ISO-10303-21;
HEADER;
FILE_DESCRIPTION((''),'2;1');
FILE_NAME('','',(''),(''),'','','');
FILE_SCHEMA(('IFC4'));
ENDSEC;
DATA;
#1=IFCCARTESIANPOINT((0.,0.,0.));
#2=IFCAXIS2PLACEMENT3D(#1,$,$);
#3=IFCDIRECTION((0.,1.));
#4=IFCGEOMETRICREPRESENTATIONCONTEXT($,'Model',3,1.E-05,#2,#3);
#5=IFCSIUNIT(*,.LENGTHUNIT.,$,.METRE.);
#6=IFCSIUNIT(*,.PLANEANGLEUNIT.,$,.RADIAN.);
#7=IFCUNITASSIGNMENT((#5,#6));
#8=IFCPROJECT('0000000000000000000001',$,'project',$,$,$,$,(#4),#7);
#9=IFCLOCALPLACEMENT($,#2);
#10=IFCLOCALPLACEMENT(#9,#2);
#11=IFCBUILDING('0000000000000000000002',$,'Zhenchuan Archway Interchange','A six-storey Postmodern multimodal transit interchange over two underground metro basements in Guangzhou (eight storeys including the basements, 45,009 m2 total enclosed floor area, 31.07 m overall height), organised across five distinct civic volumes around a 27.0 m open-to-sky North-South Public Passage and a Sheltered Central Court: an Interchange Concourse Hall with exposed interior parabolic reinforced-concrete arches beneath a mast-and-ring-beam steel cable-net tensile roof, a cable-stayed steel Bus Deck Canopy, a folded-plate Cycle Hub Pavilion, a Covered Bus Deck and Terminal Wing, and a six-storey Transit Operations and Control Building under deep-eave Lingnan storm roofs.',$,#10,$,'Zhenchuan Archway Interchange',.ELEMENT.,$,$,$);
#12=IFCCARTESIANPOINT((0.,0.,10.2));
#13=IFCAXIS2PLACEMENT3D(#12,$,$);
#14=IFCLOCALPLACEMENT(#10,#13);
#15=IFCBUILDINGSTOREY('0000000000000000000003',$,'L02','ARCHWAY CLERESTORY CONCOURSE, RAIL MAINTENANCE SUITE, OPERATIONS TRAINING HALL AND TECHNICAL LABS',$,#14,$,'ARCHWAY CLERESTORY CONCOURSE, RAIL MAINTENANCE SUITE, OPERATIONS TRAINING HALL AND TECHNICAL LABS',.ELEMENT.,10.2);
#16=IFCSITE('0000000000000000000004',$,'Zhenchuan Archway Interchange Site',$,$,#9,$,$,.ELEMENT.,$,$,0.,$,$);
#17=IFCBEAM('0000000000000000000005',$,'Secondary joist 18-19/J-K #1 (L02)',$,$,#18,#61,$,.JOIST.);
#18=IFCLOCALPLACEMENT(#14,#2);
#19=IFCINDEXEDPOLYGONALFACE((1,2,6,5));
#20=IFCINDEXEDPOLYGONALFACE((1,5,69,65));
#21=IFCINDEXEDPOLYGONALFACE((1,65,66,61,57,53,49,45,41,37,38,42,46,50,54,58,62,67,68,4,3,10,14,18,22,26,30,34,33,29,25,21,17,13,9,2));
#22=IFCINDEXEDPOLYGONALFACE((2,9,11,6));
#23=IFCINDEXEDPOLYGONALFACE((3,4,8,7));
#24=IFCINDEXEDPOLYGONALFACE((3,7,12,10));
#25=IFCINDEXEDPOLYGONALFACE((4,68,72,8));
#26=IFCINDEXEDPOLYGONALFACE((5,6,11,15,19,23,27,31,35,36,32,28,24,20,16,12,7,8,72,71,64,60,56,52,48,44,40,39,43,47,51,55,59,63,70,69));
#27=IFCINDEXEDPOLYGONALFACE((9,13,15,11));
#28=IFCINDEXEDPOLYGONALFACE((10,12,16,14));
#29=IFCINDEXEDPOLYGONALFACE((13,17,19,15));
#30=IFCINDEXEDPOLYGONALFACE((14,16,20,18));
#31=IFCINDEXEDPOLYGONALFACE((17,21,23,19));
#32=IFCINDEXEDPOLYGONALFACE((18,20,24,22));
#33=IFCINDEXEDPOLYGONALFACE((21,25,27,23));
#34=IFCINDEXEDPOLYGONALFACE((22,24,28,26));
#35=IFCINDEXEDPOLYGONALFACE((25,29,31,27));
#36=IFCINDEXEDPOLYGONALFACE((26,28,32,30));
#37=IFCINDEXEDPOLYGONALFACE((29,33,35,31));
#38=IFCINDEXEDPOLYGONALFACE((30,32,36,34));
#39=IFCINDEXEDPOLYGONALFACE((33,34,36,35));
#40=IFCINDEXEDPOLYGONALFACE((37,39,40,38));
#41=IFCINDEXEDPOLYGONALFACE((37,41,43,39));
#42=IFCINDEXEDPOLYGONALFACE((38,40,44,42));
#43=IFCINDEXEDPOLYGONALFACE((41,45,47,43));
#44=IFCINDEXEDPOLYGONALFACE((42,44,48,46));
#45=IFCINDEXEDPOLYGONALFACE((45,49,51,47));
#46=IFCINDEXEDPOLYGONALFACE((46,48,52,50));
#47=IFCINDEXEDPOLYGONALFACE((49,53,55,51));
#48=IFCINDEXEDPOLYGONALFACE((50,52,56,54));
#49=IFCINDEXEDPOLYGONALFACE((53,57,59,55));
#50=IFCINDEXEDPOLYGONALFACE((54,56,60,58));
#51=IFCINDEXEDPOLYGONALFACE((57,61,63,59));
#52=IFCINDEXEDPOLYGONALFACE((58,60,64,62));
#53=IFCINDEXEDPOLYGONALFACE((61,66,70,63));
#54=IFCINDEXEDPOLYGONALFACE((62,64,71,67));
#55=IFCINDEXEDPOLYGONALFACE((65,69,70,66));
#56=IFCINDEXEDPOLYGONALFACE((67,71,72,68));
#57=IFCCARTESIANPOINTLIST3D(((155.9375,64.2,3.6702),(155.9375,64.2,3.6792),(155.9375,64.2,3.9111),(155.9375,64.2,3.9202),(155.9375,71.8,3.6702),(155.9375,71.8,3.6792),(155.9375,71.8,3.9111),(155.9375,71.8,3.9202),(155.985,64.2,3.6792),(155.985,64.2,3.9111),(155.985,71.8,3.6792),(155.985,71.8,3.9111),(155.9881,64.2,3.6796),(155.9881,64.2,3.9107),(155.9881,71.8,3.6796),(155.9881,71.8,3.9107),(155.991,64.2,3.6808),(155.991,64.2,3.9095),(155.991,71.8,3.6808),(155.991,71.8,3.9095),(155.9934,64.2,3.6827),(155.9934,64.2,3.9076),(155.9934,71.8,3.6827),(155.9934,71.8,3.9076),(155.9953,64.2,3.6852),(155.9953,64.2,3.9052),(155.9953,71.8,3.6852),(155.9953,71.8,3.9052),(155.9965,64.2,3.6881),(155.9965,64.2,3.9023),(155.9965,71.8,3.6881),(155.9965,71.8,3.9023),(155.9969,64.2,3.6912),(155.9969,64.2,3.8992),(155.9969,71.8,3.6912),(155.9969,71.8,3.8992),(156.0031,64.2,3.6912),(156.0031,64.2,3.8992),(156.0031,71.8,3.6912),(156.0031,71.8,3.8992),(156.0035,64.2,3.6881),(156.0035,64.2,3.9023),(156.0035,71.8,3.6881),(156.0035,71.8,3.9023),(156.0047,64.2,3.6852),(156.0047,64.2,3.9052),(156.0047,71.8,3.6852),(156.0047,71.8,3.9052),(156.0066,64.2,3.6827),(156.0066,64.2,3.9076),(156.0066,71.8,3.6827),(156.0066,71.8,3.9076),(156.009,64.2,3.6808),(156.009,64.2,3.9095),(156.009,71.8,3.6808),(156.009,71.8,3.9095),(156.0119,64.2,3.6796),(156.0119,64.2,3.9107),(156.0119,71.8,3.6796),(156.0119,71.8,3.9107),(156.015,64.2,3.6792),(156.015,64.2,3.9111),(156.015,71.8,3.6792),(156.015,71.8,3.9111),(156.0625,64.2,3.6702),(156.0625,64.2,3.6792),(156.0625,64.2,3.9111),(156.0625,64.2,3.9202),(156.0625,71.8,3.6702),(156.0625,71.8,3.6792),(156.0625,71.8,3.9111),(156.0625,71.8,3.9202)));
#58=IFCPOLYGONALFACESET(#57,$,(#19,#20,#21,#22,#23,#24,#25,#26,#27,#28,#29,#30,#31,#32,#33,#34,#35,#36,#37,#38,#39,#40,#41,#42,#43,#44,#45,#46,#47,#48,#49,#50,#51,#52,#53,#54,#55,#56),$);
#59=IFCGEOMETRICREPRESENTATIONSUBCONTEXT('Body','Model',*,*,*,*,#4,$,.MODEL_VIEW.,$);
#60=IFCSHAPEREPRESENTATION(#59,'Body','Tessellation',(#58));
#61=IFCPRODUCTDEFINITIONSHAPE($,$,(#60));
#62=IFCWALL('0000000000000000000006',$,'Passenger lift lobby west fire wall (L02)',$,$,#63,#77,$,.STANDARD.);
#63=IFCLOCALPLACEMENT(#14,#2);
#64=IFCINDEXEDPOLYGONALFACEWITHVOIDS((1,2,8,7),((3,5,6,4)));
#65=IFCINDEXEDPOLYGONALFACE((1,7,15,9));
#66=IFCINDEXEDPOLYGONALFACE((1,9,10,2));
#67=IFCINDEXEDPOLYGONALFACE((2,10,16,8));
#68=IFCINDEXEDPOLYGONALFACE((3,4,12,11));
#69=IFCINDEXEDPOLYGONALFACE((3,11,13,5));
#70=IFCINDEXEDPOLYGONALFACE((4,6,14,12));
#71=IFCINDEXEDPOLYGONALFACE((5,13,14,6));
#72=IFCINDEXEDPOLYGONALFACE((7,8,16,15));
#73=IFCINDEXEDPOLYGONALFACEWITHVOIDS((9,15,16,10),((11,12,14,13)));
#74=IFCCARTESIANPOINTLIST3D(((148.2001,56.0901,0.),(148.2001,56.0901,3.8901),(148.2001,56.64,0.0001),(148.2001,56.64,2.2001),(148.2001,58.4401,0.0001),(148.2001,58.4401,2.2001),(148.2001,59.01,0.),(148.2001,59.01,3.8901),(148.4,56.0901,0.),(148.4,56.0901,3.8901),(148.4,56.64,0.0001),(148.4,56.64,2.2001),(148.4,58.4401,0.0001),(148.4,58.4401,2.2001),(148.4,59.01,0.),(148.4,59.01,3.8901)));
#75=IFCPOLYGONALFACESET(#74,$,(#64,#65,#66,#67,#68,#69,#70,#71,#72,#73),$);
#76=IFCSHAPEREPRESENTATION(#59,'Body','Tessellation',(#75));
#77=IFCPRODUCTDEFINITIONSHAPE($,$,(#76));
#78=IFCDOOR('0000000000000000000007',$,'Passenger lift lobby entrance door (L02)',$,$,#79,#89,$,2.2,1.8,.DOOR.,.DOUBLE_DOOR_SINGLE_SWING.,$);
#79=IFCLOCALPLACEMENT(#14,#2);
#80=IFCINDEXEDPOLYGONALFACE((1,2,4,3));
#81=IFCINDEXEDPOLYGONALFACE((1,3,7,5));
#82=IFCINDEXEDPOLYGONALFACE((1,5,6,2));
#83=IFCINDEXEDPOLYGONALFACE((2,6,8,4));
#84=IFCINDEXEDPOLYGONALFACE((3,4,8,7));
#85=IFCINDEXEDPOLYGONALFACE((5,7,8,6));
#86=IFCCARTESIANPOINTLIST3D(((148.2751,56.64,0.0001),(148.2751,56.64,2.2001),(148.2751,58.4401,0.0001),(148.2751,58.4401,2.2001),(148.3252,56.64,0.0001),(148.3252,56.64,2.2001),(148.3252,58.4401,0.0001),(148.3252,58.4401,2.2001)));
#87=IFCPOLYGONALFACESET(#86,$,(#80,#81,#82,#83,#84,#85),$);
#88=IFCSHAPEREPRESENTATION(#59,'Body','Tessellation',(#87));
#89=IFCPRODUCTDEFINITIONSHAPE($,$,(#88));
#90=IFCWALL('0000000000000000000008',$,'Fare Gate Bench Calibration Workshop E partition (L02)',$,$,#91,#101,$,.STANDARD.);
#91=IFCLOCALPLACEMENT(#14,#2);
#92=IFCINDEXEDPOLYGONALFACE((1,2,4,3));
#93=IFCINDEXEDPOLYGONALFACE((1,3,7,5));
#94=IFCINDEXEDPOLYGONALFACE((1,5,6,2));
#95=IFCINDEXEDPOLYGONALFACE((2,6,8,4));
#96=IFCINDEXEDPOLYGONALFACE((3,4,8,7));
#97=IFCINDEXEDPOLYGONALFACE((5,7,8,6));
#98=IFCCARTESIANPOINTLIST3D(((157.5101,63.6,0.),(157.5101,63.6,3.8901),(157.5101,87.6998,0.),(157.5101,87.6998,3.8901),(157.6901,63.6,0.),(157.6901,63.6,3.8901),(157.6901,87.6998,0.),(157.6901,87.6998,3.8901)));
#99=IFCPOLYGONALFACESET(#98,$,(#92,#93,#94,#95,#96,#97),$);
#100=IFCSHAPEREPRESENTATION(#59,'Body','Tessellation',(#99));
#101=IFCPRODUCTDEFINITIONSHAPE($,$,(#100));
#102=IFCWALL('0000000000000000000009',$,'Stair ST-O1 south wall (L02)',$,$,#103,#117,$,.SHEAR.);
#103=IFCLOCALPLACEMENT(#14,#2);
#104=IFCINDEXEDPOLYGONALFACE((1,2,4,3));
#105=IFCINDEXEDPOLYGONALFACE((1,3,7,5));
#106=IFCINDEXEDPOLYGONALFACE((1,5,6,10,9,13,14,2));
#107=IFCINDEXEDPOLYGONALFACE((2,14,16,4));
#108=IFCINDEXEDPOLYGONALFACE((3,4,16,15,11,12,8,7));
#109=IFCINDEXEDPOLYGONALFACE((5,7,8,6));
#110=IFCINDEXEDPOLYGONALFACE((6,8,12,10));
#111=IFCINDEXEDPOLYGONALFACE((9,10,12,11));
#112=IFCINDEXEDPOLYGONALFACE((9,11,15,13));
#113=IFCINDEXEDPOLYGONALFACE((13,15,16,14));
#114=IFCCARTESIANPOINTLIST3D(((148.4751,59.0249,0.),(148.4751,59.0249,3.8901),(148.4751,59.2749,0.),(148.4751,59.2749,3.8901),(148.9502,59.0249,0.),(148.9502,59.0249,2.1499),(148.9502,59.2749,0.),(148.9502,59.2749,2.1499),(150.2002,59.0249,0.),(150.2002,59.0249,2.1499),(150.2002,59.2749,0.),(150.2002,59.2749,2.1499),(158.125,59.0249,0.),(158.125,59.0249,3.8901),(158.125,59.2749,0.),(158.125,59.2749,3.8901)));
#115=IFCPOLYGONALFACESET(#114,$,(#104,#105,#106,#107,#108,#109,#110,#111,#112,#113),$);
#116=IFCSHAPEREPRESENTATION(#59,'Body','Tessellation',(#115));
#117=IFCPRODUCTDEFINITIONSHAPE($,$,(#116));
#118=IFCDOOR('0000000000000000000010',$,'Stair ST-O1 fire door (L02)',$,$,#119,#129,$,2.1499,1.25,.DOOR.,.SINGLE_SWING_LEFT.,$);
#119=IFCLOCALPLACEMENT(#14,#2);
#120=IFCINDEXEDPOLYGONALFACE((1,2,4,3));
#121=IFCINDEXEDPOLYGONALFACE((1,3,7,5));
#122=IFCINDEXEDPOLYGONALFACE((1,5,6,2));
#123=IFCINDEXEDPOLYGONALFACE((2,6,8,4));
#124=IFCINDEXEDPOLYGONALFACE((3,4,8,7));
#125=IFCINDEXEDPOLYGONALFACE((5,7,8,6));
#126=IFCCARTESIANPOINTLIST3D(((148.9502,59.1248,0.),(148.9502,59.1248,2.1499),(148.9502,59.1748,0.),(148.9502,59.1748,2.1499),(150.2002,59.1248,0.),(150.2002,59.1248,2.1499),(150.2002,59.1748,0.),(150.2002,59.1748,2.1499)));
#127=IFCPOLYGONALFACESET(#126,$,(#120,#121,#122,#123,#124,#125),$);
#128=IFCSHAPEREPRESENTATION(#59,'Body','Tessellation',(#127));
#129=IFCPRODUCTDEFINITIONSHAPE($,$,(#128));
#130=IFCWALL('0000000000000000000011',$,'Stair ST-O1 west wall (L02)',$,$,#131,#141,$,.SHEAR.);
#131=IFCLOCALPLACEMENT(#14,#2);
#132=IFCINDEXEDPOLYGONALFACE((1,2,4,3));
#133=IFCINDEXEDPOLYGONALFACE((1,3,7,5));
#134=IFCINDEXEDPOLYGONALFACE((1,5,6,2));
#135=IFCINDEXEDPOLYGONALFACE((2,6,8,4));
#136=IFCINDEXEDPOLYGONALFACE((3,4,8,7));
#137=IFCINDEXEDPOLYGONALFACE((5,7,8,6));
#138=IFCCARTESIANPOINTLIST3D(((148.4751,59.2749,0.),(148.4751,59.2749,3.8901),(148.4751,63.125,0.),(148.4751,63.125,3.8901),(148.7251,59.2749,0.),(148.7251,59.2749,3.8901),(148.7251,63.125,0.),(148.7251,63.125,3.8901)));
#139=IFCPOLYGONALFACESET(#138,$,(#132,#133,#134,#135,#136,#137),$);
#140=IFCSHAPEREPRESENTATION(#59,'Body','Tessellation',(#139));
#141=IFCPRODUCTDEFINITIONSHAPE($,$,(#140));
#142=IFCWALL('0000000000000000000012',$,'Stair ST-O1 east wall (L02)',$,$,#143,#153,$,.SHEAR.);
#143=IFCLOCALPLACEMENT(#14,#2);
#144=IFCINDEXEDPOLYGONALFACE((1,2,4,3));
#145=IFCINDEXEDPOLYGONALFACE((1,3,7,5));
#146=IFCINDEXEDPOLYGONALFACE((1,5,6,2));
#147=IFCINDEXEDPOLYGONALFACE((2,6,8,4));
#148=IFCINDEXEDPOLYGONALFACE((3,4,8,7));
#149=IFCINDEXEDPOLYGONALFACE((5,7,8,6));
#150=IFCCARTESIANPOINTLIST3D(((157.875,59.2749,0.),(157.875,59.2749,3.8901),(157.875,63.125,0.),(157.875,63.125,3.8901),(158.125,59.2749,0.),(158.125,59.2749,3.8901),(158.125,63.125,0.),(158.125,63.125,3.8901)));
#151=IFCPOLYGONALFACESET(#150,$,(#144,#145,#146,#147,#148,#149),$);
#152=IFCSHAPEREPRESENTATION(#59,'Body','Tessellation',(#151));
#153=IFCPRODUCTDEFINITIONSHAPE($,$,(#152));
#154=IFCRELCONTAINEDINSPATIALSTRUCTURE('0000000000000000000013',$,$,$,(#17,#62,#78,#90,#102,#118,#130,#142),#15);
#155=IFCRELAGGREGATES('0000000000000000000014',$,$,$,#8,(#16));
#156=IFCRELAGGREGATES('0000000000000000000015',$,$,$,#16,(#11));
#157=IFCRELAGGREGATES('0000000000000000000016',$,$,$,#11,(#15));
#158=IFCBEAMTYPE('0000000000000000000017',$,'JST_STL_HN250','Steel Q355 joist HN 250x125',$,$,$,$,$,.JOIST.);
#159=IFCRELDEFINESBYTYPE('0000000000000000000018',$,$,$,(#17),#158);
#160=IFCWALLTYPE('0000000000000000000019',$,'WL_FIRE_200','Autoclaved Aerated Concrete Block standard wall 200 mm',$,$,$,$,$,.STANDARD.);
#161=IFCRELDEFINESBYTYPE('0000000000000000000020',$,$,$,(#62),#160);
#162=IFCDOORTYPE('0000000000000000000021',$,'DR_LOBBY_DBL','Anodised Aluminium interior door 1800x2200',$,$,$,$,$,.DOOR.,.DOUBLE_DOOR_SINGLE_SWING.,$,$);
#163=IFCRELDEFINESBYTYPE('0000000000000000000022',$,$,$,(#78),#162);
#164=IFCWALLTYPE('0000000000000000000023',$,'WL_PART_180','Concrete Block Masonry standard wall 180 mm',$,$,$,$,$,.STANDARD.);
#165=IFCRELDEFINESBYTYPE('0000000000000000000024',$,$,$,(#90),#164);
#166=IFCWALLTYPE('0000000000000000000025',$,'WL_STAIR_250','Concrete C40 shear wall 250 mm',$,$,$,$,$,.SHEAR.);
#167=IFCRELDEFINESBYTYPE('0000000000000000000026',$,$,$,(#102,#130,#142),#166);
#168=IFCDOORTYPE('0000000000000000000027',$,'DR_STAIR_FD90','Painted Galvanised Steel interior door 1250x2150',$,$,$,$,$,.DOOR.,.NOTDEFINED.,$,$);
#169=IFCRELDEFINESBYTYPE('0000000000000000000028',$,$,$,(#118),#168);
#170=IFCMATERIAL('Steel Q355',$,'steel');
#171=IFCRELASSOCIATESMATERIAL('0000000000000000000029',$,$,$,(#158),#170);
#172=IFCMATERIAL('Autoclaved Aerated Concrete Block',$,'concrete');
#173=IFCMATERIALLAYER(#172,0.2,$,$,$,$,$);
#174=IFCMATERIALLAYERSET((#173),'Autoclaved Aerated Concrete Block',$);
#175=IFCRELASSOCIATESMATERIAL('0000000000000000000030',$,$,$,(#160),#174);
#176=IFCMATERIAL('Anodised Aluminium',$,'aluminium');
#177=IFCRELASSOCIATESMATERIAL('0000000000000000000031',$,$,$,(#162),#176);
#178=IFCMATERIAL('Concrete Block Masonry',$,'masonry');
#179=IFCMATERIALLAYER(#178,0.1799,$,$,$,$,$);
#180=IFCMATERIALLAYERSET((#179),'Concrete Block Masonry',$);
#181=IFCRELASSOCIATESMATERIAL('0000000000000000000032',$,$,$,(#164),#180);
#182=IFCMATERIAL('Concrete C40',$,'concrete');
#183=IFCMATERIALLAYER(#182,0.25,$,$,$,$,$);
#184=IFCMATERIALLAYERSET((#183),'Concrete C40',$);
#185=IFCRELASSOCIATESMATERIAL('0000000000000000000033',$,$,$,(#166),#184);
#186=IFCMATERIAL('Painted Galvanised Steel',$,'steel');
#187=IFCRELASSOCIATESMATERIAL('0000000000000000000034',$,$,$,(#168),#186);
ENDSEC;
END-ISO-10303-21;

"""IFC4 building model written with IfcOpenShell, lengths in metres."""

from ifc_helpers import new_model, si_unit, direction, frame, frame_2d, origin, origin_2d, place, context, subcontext, project, spatial, rectangle, i_section, extrude, material, layer, layer_set, material_profile, profile_set, type_object, element, fill, save


model = new_model("IFC4")

# Units and contexts
model_context = context("Model", 3, precision=1e-05, world=origin(), true_north=direction((0.0, 1.0)))
body_context = subcontext(model_context, "Body", "Model", "MODEL_VIEW")
ifc_project = project(units=[si_unit("LENGTHUNIT", "METRE"), si_unit("PLANEANGLEUNIT", "RADIAN")], contexts=[model_context])

# Site, building, storey
site_placement = place(None, origin())
site = spatial("IfcSite", under=ifc_project, at=site_placement, Name="Zhenchuan Archway Interchange Site", CompositionType="ELEMENT", RefElevation=0.0)
building_placement = place(site_placement, origin())
building = spatial("IfcBuilding", under=site, at=building_placement, Name="Zhenchuan Archway Interchange", Description="A six-storey Postmodern multimodal transit interchange over two underground metro basements in Guangzhou (eight storeys including the basements, 45,009 m2 total enclosed floor area, 31.07 m overall height), organised across five distinct civic volumes around a 27.0 m open-to-sky North-South Public Passage and a Sheltered Central Court: an Interchange Concourse Hall with exposed interior parabolic reinforced-concrete arches beneath a mast-and-ring-beam steel cable-net tensile roof, a cable-stayed steel Bus Deck Canopy, a folded-plate Cycle Hub Pavilion, a Covered Bus Deck and Terminal Wing, and a six-storey Transit Operations and Control Building under deep-eave Lingnan storm roofs.", LongName="Zhenchuan Archway Interchange", CompositionType="ELEMENT")
storey_placement = place(building_placement, frame((0.0, 0.0, 10.2)))
storey = spatial("IfcBuildingStorey", under=building, at=storey_placement, Name="L02", Description="ARCHWAY CLERESTORY CONCOURSE, RAIL MAINTENANCE SUITE, OPERATIONS TRAINING HALL AND TECHNICAL LABS", LongName="ARCHWAY CLERESTORY CONCOURSE, RAIL MAINTENANCE SUITE, OPERATIONS TRAINING HALL AND TECHNICAL LABS", CompositionType="ELEMENT", Elevation=10.2)

# Beam
ifc_material_1 = material(Name="Concrete C40", Category="concrete")
ifc_material_2 = material(Name="Steel Q355", Category="steel")
ifc_material_profile_1 = material_profile(ifc_material_2, i_section(OverallWidth=0.125, OverallDepth=0.25, WebThickness=0.0061, FlangeThickness=0.009, FilletRadius=0.012, at=origin_2d()), Name="HN 250x125")
ifc_profile_set_1 = profile_set([ifc_material_profile_1], Name="Steel Q355")
beam_type_1 = type_object("IfcBeamType", Name="JST_STL_HN250", Description="Steel Q355 joist HN 250x125", PredefinedType="JOIST", material=ifc_profile_set_1)
beam_1_placement = place(storey_placement, frame((156.0, 64.2, 3.7952), z_axis=(0.0, 1.0, 0.0), x_axis=(-1.0, 0.0, 0.0)))
element("IfcBeam", 1, at=beam_1_placement, inside=storey, type_object=beam_type_1, Name="Secondary joist 18-19/J-K #1 (L02)", PredefinedType="JOIST", context=body_context, shape_type="SweptSolid", body=[
    extrude(i_section(OverallWidth=0.125, OverallDepth=0.25, WebThickness=0.0061, FlangeThickness=0.009, FilletRadius=0.012, at=origin_2d()), origin(), (0.0, 0.0, 1.0), 7.6001),
])

# Wall, opening, door
ifc_material_3 = material(Name="Autoclaved Aerated Concrete Block", Category="concrete")
ifc_layer_1 = layer(ifc_material_3, 0.2)
ifc_layer_set_1 = layer_set([ifc_layer_1], Name="Autoclaved Aerated Concrete Block")
wall_type_1 = type_object("IfcWallType", Name="WL_FIRE_200", Description="Autoclaved Aerated Concrete Block standard wall 200 mm", PredefinedType="STANDARD", material=ifc_layer_set_1)
wall_1_placement = place(storey_placement, frame((148.3, 56.0901, 0.0), z_axis=(0.0, 0.0, 1.0), x_axis=(0.0, 1.0, 0.0)))
wall_1 = element("IfcWall", 2, at=wall_1_placement, inside=storey, type_object=wall_type_1, Name="Passenger lift lobby west fire wall (L02)", PredefinedType="STANDARD", context=body_context, shape_type="SweptSolid", body=[
    extrude(rectangle(XDim=2.9199, YDim=0.2, at=frame_2d((1.46, 0.0))), origin(), (0.0, 0.0, 1.0), 3.8901),
])
opening_1_placement = place(wall_1_placement, frame((0.55, 0.0, 0.0)))
opening_1 = element("IfcOpeningElement", 3, at=opening_1_placement, cuts=wall_1, PredefinedType="OPENING", context=body_context, shape_type="SweptSolid", body=[
    extrude(rectangle(XDim=1.8, YDim=2.2, at=frame_2d((0.8999, 1.1001))), frame((0.0, 0.1118, 0.0), z_axis=(0.0, -1.0, 0.0), x_axis=(1.0, 0.0, 0.0)), (0.0, 0.0, 1.0), 0.2239),
])
ifc_material_4 = material(Name="Anodised Aluminium", Category="aluminium")
door_type_1 = type_object("IfcDoorType", Name="DR_LOBBY_DBL", Description="Anodised Aluminium interior door 1800x2200", OperationType="DOUBLE_DOOR_SINGLE_SWING", PredefinedType="DOOR", material=ifc_material_4)
door_1_placement = place(opening_1_placement, origin())
door_1 = element("IfcDoor", 4, at=door_1_placement, inside=storey, type_object=door_type_1, Name="Passenger lift lobby entrance door (L02)", OperationType="DOUBLE_DOOR_SINGLE_SWING", OverallHeight=2.2, OverallWidth=1.8, PredefinedType="DOOR", context=body_context, shape_type="SweptSolid", body=[
    extrude(rectangle(XDim=1.8, YDim=2.2, at=frame_2d((0.8999, 1.1001))), frame((0.0, 0.0249, 0.0), z_axis=(0.0, -1.0, 0.0), x_axis=(1.0, 0.0, 0.0)), (0.0, 0.0, 1.0), 0.05),
])
fill(opening_1, door_1)

# Wall
ifc_material_5 = material(Name="Concrete Block Masonry", Category="masonry")
ifc_layer_2 = layer(ifc_material_5, 0.1799)
ifc_layer_set_2 = layer_set([ifc_layer_2], Name="Concrete Block Masonry")
wall_type_2 = type_object("IfcWallType", Name="WL_PART_180", Description="Concrete Block Masonry standard wall 180 mm", PredefinedType="STANDARD", material=ifc_layer_set_2)
wall_2_placement = place(storey_placement, frame((157.6001, 63.6001, 0.0), z_axis=(0.0, 0.0, 1.0), x_axis=(0.0, 1.0, 0.0)))
element("IfcWall", 5, at=wall_2_placement, inside=storey, type_object=wall_type_2, Name="Fare Gate Bench Calibration Workshop E partition (L02)", PredefinedType="STANDARD", context=body_context, shape_type="SweptSolid", body=[
    extrude(rectangle(XDim=24.0999, YDim=0.1799, at=frame_2d((12.0498, 0.0))), origin(), (0.0, 0.0, 1.0), 3.8901),
])

# Wall, opening, door
ifc_layer_3 = layer(ifc_material_1, 0.25)
ifc_layer_set_3 = layer_set([ifc_layer_3], Name="Concrete C40")
wall_type_3 = type_object("IfcWallType", Name="WL_STAIR_250", Description="Concrete C40 shear wall 250 mm", PredefinedType="SHEAR", material=ifc_layer_set_3)
wall_3_placement = place(storey_placement, frame((148.4751, 59.1499, 0.0), z_axis=(0.0, 0.0, 1.0), x_axis=(1.0, 0.0, 0.0)))
wall_3 = element("IfcWall", 6, at=wall_3_placement, inside=storey, type_object=wall_type_3, Name="Stair ST-O1 south wall (L02)", PredefinedType="SHEAR", context=body_context, shape_type="SweptSolid", body=[
    extrude(rectangle(XDim=9.6499, YDim=0.25, at=frame_2d((4.825, 0.0))), origin(), (0.0, 0.0, 1.0), 3.8901),
])
opening_2_placement = place(wall_3_placement, frame((0.4751, 0.0, 0.0)))
opening_2 = element("IfcOpeningElement", 7, at=opening_2_placement, cuts=wall_3, PredefinedType="OPENING", context=body_context, shape_type="SweptSolid", body=[
    extrude(rectangle(XDim=1.25, YDim=2.1499, at=frame_2d((0.625, 1.075))), frame((0.0, 0.137, 0.0), z_axis=(0.0, -1.0, 0.0), x_axis=(1.0, 0.0, 0.0)), (0.0, 0.0, 1.0), 0.2739),
])
ifc_material_6 = material(Name="Painted Galvanised Steel", Category="steel")
door_type_2 = type_object("IfcDoorType", Name="DR_STAIR_FD90", Description="Painted Galvanised Steel interior door 1250x2150", OperationType="NOTDEFINED", PredefinedType="DOOR", material=ifc_material_6)
door_2_placement = place(opening_2_placement, origin())
door_2 = element("IfcDoor", 8, at=door_2_placement, inside=storey, type_object=door_type_2, Name="Stair ST-O1 fire door (L02)", OperationType="SINGLE_SWING_LEFT", OverallHeight=2.1499, OverallWidth=1.25, PredefinedType="DOOR", context=body_context, shape_type="SweptSolid", body=[
    extrude(rectangle(XDim=1.25, YDim=2.1499, at=frame_2d((0.625, 1.075))), frame((0.0, 0.0249, 0.0), z_axis=(0.0, -1.0, 0.0), x_axis=(1.0, 0.0, 0.0)), (0.0, 0.0, 1.0), 0.05),
])
fill(opening_2, door_2)

# Walls
for number, where, z_axis, x_axis, name in (
    (9, (148.6001, 63.125, 0.0), (0.0, 0.0, 1.0), (0.0, -1.0, 0.0), "Stair ST-O1 west wall (L02)"),
    (10, (158.0, 59.2749, 0.0), (0.0, 0.0, 1.0), (0.0, 1.0, 0.0), "Stair ST-O1 east wall (L02)"),
):
    element("IfcWall", number, at=place(storey_placement, frame(where, z_axis=z_axis, x_axis=x_axis)), inside=storey, type_object=wall_type_3, Name=name, PredefinedType="SHEAR", context=body_context, shape_type="SweptSolid", body=[
        extrude(rectangle(XDim=3.8501, YDim=0.25, at=frame_2d((1.925, 0.0))), origin(), (0.0, 0.0, 1.0), 3.8901),
    ])

save(model, "model.ifc")
